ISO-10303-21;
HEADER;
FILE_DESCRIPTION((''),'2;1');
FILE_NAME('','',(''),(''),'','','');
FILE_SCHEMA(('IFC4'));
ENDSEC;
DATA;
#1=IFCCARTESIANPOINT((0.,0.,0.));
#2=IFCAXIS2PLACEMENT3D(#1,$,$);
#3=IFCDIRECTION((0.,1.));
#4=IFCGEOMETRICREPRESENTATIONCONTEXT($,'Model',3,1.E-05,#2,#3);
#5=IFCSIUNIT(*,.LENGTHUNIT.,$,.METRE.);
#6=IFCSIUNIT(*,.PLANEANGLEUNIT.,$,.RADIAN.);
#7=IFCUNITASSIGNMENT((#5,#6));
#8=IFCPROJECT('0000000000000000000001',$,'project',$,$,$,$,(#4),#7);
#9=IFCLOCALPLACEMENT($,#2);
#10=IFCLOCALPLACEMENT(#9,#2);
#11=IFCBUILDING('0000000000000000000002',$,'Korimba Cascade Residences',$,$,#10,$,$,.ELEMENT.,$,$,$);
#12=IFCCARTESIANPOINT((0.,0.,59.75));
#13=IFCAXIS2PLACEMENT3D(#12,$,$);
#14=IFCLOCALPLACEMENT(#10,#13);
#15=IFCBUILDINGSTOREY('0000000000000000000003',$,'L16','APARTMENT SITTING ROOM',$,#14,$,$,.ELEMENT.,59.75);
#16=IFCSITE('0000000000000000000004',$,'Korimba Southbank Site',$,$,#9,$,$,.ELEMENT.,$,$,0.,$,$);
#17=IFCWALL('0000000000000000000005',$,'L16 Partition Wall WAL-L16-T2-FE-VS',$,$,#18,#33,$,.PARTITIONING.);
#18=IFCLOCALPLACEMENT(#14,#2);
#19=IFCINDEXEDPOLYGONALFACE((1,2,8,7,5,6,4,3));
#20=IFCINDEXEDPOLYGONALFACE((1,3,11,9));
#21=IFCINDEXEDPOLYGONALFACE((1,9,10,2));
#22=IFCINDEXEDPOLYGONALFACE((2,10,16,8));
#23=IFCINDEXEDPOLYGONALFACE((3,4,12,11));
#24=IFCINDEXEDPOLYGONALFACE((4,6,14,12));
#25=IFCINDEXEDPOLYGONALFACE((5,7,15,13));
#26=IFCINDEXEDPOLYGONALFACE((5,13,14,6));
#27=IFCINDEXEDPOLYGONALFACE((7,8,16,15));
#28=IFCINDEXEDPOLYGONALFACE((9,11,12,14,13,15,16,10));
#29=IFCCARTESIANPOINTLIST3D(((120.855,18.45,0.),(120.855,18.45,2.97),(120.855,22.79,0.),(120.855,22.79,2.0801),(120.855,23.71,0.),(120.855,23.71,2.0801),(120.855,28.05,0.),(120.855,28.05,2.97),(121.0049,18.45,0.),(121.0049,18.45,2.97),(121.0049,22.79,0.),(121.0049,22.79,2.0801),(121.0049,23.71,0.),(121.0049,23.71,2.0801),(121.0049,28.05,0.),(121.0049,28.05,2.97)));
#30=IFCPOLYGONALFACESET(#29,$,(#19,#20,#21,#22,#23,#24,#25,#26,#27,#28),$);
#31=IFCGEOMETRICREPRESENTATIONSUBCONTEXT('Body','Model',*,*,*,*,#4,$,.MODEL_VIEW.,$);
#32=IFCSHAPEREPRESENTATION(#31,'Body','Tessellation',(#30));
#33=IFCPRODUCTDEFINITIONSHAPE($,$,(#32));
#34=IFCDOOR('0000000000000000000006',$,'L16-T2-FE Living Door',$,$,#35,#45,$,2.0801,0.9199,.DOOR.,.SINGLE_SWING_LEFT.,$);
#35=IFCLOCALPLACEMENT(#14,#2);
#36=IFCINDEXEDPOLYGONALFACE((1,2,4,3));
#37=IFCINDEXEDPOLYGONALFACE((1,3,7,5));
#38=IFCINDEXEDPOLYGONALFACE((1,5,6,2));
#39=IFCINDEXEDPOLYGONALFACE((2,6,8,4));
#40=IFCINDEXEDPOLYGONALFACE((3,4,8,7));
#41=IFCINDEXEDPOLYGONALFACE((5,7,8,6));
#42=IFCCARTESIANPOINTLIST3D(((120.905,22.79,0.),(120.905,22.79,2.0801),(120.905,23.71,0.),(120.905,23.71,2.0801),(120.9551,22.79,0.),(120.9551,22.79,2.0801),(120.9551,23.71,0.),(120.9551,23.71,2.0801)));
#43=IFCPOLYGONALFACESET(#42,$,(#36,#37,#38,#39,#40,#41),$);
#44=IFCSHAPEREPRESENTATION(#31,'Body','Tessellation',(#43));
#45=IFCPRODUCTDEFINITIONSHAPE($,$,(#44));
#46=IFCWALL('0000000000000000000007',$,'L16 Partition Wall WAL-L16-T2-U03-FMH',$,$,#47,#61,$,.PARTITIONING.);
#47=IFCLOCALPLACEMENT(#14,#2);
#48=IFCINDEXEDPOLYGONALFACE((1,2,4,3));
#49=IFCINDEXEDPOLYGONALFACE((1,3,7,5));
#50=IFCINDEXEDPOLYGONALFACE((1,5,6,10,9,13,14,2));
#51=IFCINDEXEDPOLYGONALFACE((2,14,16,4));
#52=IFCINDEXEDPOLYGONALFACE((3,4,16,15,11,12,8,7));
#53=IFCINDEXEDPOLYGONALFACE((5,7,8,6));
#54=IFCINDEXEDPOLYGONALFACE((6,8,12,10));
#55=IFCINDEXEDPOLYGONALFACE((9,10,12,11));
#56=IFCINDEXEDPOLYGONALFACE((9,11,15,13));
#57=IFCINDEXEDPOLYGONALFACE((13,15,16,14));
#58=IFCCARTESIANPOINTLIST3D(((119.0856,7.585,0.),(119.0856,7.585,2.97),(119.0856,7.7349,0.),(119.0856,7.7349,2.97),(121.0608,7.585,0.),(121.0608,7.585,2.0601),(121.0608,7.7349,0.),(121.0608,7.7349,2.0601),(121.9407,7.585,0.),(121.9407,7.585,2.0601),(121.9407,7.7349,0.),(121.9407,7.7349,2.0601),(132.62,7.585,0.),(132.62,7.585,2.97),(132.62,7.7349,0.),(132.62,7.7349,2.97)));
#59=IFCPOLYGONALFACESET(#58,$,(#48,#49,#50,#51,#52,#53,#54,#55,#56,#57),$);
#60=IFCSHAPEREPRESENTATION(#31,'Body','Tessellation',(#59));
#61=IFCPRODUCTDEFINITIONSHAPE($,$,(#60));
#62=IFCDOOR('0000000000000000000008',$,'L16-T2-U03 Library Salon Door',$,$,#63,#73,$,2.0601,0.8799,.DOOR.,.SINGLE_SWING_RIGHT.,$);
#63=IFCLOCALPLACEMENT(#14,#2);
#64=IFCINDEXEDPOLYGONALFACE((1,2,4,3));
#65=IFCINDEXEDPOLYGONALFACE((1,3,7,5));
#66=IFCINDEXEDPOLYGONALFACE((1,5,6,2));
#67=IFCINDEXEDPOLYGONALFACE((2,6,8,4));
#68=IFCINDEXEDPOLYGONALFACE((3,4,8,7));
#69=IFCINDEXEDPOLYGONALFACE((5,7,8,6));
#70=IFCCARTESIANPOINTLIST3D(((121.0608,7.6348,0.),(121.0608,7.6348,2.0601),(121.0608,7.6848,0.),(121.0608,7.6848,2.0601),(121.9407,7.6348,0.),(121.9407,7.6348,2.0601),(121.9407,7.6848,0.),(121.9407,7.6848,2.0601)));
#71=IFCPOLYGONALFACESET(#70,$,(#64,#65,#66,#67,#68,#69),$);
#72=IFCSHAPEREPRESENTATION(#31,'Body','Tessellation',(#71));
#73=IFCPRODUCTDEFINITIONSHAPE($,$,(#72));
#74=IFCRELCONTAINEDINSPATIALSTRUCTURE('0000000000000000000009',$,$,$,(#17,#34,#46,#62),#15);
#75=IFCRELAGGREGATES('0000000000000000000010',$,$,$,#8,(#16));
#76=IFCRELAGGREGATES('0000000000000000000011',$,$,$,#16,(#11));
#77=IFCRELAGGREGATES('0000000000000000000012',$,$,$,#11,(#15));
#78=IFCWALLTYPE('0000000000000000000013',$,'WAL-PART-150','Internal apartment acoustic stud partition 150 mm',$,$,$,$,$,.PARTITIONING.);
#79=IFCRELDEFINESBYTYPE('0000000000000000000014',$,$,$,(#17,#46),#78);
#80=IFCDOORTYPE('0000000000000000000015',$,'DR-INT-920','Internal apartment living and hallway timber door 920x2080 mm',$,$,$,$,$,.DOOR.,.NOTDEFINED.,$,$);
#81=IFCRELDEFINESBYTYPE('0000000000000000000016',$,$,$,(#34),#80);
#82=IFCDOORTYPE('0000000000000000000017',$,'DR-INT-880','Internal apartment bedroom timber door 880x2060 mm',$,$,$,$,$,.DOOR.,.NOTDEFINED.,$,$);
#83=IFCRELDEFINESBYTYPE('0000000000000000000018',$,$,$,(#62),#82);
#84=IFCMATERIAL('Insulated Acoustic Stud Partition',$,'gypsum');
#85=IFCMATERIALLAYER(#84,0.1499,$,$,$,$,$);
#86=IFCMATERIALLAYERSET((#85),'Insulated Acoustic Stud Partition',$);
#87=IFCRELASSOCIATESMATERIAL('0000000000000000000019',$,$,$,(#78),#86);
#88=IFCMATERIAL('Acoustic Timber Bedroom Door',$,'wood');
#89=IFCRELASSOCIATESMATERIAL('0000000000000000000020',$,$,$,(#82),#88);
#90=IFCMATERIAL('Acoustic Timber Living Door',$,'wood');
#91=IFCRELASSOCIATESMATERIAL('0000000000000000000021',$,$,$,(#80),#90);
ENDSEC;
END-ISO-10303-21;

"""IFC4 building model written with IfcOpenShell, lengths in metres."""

from ifc_helpers import new_model, si_unit, direction, frame, frame_2d, origin, place, context, subcontext, project, spatial, rectangle, extrude, material, layer, layer_set, type_object, element, fill, save


model = new_model("IFC4")

# Units and contexts
model_context = context("Model", 3, precision=1e-05, world=origin(), true_north=direction((0.0, 1.0)))
body_context = subcontext(model_context, "Body", "Model", "MODEL_VIEW")
ifc_project = project(units=[si_unit("LENGTHUNIT", "METRE"), si_unit("PLANEANGLEUNIT", "RADIAN")], contexts=[model_context])

# Site, building, storey
site_placement = place(None, origin())
site = spatial("IfcSite", under=ifc_project, at=site_placement, Name="Korimba Southbank Site", CompositionType="ELEMENT", RefElevation=0.0)
building_placement = place(site_placement, origin())
building = spatial("IfcBuilding", under=site, at=building_placement, Name="Korimba Cascade Residences", CompositionType="ELEMENT")
storey_placement = place(building_placement, frame((0.0, 0.0, 59.75)))
storey = spatial("IfcBuildingStorey", under=building, at=storey_placement, Name="L16", Description="APARTMENT SITTING ROOM", CompositionType="ELEMENT", Elevation=59.75)

# Walls, openings, doors
ifc_material_1 = material(Name="Insulated Acoustic Stud Partition", Category="gypsum")
ifc_layer_1 = layer(ifc_material_1, 0.1499)
ifc_layer_set_1 = layer_set([ifc_layer_1], Name="Insulated Acoustic Stud Partition")
wall_type_1 = type_object("IfcWallType", Name="WAL-PART-150", Description="Internal apartment acoustic stud partition 150 mm", PredefinedType="PARTITIONING", material=ifc_layer_set_1)
ifc_material_2 = material(Name="Acoustic Timber Bedroom Door", Category="wood")
door_type_1 = type_object("IfcDoorType", Name="DR-INT-880", Description="Internal apartment bedroom timber door 880x2060 mm", OperationType="NOTDEFINED", PredefinedType="DOOR", material=ifc_material_2)
wall_1_placement = place(storey_placement, frame((120.9299, 18.45, 0.0), z_axis=(0.0, 0.0, 1.0), x_axis=(0.0, 1.0, 0.0)))
wall_1 = element("IfcWall", 1, at=wall_1_placement, inside=storey, type_object=wall_type_1, Name="L16 Partition Wall WAL-L16-T2-FE-VS", PredefinedType="PARTITIONING", context=body_context, shape_type="SweptSolid", body=[
    extrude(rectangle(XDim=9.6001, YDim=0.1499, at=frame_2d((4.8, 0.0))), origin(), (0.0, 0.0, 1.0), 2.97),
])
opening_1_placement = place(wall_1_placement, frame((4.3401, 0.0, 0.0)))
opening_1 = element("IfcOpeningElement", 2, at=opening_1_placement, cuts=wall_1, PredefinedType="OPENING", context=body_context, shape_type="SweptSolid", body=[
    extrude(rectangle(XDim=0.9199, YDim=2.0801, at=frame_2d((0.46, 1.04))), frame((0.0, 0.085, 0.0), z_axis=(0.0, -1.0, 0.0), x_axis=(1.0, 0.0, 0.0)), (0.0, 0.0, 1.0), 0.1699),
])
ifc_material_3 = material(Name="Acoustic Timber Living Door", Category="wood")
door_type_2 = type_object("IfcDoorType", Name="DR-INT-920", Description="Internal apartment living and hallway timber door 920x2080 mm", OperationType="NOTDEFINED", PredefinedType="DOOR", material=ifc_material_3)
door_1_placement = place(opening_1_placement, origin())
door_1 = element("IfcDoor", 3, at=door_1_placement, inside=storey, type_object=door_type_2, Name="L16-T2-FE Living Door", OperationType="SINGLE_SWING_LEFT", OverallHeight=2.0801, OverallWidth=0.9199, PredefinedType="DOOR", context=body_context, shape_type="SweptSolid", body=[
    extrude(rectangle(XDim=0.9199, YDim=2.0801, at=frame_2d((0.46, 1.04))), frame((0.0, 0.0249, 0.0), z_axis=(0.0, -1.0, 0.0), x_axis=(1.0, 0.0, 0.0)), (0.0, 0.0, 1.0), 0.05),
])
fill(opening_1, door_1)
wall_2_placement = place(storey_placement, frame((119.0857, 7.6599, 0.0), z_axis=(0.0, 0.0, 1.0), x_axis=(1.0, 0.0, 0.0)))
wall_2 = element("IfcWall", 4, at=wall_2_placement, inside=storey, type_object=wall_type_1, Name="L16 Partition Wall WAL-L16-T2-U03-FMH", PredefinedType="PARTITIONING", context=body_context, shape_type="SweptSolid", body=[
    extrude(rectangle(XDim=13.5344, YDim=0.1499, at=frame_2d((6.7671, 0.0))), origin(), (0.0, 0.0, 1.0), 2.97),
])
opening_2_placement = place(wall_2_placement, frame((1.9751, 0.0, 0.0)))
opening_2 = element("IfcOpeningElement", 5, at=opening_2_placement, cuts=wall_2, PredefinedType="OPENING", context=body_context, shape_type="SweptSolid", body=[
    extrude(rectangle(XDim=0.8799, YDim=2.0601, at=frame_2d((0.4399, 1.03))), frame((0.0, 0.085, 0.0), z_axis=(0.0, -1.0, 0.0), x_axis=(1.0, 0.0, 0.0)), (0.0, 0.0, 1.0), 0.1699),
])
door_2_placement = place(opening_2_placement, origin())
door_2 = element("IfcDoor", 6, at=door_2_placement, inside=storey, type_object=door_type_1, Name="L16-T2-U03 Library Salon Door", OperationType="SINGLE_SWING_RIGHT", OverallHeight=2.0601, OverallWidth=0.8799, PredefinedType="DOOR", context=body_context, shape_type="SweptSolid", body=[
    extrude(rectangle(XDim=0.8799, YDim=2.0601, at=frame_2d((0.4399, 1.03))), frame((0.0, 0.0249, 0.0), z_axis=(0.0, -1.0, 0.0), x_axis=(1.0, 0.0, 0.0)), (0.0, 0.0, 1.0), 0.05),
])
fill(opening_2, door_2)

save(model, "model.ifc")
